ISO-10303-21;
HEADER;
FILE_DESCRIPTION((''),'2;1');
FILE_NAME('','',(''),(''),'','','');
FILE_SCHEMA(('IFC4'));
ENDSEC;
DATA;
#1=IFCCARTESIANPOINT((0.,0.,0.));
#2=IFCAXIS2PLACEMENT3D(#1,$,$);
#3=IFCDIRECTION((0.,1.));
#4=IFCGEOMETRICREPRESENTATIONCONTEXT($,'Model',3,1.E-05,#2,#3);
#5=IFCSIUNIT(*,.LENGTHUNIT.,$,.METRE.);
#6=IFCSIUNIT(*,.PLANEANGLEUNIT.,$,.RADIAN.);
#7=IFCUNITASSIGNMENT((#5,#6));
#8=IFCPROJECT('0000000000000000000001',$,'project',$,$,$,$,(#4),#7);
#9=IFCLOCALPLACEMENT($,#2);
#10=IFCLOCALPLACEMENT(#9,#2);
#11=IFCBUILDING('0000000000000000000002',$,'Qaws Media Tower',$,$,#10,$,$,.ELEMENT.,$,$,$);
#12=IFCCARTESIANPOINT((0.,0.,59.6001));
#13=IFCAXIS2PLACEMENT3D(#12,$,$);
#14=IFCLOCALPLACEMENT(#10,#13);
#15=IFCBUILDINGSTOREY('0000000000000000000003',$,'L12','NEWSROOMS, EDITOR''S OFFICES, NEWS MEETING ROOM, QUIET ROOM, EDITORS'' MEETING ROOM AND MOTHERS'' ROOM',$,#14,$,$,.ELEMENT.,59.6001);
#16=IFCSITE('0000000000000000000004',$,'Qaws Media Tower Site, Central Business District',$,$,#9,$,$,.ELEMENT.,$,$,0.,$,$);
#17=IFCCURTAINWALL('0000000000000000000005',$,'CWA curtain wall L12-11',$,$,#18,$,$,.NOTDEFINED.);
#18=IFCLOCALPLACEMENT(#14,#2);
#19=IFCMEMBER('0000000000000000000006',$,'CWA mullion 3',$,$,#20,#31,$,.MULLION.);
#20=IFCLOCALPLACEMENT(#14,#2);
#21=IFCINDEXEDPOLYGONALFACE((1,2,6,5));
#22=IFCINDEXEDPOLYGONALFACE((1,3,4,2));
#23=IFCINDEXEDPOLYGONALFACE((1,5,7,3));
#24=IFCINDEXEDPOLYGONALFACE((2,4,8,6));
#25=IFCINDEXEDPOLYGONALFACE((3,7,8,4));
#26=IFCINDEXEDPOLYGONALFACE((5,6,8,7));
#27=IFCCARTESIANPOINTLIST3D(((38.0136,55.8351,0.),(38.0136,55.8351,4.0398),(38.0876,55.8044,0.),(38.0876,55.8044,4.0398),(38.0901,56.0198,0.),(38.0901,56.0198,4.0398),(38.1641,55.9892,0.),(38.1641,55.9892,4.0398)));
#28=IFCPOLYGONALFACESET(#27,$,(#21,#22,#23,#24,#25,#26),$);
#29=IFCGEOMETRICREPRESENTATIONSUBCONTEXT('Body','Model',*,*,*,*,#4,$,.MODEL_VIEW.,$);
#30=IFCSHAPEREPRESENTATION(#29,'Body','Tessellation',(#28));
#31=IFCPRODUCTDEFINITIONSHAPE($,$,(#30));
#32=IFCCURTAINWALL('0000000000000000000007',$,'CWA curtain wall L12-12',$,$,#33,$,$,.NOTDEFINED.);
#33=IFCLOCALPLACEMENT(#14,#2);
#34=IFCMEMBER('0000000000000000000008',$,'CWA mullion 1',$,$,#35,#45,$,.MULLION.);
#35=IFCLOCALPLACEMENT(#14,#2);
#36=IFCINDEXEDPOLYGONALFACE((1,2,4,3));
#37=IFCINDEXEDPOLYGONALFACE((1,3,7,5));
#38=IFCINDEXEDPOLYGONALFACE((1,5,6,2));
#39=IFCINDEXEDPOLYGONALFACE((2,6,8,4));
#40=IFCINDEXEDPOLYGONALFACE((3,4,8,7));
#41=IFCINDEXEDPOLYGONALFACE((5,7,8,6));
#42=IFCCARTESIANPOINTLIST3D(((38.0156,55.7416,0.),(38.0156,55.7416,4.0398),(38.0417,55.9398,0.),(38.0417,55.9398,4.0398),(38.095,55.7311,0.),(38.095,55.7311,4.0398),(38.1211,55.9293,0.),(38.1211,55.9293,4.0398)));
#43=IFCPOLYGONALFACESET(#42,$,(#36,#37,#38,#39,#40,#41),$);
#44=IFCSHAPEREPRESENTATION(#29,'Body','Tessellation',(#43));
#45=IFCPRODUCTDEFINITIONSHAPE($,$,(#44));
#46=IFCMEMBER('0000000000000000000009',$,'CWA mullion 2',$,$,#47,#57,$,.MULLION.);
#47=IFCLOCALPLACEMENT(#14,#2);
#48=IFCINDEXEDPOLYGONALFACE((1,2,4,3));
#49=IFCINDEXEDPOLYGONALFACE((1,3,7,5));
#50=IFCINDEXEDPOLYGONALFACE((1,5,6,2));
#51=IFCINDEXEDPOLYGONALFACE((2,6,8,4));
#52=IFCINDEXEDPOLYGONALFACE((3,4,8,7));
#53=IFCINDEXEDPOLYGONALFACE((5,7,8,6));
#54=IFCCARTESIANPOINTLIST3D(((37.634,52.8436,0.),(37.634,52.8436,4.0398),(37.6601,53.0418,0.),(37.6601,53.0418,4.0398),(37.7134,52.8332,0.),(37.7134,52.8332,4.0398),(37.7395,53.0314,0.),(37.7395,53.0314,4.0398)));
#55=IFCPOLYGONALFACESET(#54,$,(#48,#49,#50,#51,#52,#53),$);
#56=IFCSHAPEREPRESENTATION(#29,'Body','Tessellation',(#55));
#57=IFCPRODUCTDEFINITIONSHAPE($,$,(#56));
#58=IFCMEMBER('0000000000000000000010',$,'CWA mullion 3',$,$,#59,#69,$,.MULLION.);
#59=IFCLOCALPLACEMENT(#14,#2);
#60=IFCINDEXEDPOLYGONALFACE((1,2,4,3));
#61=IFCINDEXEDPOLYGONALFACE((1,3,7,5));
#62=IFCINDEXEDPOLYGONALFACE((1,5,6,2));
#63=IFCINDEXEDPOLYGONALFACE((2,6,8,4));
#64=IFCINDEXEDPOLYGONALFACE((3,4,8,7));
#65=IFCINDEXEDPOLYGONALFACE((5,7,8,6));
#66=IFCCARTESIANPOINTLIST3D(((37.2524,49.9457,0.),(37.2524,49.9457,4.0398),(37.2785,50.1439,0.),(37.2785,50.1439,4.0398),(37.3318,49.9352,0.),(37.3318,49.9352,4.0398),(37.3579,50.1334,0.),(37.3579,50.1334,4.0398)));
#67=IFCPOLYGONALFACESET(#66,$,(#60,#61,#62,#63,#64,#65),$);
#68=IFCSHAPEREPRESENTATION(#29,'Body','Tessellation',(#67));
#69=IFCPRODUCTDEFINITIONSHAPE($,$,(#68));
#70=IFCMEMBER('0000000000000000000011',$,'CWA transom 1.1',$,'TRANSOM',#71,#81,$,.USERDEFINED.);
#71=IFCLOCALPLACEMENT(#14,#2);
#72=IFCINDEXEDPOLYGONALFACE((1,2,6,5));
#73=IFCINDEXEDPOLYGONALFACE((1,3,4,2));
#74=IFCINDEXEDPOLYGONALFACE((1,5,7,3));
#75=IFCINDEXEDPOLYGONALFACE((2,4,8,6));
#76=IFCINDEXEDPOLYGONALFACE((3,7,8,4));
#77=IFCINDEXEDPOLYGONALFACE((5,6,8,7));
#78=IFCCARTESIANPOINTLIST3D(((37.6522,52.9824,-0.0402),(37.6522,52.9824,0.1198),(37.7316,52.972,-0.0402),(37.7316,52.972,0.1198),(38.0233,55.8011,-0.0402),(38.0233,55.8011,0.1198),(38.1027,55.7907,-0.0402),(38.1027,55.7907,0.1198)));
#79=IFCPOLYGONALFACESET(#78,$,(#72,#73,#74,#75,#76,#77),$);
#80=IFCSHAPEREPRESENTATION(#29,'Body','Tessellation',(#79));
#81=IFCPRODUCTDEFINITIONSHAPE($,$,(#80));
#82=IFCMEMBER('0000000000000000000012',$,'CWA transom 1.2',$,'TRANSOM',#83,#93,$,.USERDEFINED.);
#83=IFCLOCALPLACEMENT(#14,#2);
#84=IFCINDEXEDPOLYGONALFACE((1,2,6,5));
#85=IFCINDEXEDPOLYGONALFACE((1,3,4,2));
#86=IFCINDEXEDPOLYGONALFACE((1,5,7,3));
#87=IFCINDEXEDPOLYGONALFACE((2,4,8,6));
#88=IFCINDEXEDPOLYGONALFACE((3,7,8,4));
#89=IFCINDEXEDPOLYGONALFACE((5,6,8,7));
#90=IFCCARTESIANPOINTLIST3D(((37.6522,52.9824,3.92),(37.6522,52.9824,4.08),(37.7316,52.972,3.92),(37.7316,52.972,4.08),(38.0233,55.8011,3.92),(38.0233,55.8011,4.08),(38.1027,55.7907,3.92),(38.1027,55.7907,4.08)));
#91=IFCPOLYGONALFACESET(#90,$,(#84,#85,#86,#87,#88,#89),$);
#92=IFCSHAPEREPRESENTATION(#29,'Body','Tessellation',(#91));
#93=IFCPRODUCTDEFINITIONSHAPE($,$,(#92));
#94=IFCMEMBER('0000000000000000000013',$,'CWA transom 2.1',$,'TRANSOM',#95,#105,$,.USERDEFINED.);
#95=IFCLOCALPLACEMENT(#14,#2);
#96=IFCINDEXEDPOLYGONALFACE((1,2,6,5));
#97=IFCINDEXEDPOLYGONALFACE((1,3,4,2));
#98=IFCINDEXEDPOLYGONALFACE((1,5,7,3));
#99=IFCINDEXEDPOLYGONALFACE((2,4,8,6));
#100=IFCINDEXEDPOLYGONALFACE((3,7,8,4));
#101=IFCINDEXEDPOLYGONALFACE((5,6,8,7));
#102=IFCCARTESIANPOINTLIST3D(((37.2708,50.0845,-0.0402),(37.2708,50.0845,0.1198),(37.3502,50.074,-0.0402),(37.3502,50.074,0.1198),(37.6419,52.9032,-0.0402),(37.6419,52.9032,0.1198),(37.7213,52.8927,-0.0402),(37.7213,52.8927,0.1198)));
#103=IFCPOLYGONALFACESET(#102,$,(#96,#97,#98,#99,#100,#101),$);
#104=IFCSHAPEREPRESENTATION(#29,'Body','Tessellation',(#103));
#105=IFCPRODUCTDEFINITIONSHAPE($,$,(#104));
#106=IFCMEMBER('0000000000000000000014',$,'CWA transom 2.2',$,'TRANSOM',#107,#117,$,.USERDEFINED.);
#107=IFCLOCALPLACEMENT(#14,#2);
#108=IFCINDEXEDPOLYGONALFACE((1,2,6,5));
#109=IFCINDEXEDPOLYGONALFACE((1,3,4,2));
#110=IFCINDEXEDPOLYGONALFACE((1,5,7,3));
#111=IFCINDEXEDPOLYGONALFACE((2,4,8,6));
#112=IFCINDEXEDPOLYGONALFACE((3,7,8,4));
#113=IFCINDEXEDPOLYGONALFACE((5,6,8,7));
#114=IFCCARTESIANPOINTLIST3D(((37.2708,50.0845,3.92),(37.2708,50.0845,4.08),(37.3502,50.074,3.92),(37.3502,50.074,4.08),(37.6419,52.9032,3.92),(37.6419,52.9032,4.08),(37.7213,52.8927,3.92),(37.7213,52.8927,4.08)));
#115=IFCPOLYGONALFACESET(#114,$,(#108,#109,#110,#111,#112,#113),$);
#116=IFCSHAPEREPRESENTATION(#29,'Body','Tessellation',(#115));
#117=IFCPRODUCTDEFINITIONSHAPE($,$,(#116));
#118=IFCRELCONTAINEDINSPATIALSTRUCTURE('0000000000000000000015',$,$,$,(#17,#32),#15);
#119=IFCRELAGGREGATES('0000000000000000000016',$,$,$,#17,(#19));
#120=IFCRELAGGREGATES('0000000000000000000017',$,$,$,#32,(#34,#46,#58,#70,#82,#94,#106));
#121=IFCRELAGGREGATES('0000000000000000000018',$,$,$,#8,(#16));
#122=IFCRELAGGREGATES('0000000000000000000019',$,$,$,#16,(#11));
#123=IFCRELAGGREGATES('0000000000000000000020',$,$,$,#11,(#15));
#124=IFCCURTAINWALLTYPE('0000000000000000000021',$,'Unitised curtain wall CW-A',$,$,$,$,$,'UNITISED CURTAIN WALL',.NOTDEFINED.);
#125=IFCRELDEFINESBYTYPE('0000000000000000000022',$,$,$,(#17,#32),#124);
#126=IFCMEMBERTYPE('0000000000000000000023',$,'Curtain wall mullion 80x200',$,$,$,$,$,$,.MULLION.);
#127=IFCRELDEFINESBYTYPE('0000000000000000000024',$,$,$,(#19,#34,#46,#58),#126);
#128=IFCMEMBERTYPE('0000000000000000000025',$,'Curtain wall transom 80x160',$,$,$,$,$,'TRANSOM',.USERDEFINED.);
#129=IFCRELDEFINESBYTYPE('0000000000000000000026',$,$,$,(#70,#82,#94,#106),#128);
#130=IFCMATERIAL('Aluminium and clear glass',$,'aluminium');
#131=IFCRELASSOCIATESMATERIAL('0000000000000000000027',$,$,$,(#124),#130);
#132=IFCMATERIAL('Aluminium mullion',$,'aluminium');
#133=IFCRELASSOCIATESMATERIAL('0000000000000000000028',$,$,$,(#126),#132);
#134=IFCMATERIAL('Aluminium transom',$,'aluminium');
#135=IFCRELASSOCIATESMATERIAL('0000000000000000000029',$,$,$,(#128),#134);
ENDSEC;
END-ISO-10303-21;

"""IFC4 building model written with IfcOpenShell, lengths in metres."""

from ifc_helpers import new_model, si_unit, direction, frame, origin, origin_2d, place, context, subcontext, project, spatial, rectangle, extrude, material, material_profile, profile_set, type_object, element, aggregate, save


model = new_model("IFC4")

# Units and contexts
model_context = context("Model", 3, precision=1e-05, world=origin(), true_north=direction((0.0, 1.0)))
body_context = subcontext(model_context, "Body", "Model", "MODEL_VIEW")
ifc_project = project(units=[si_unit("LENGTHUNIT", "METRE"), si_unit("PLANEANGLEUNIT", "RADIAN")], contexts=[model_context])

# Site, building, storey
site_placement = place(None, origin())
site = spatial("IfcSite", under=ifc_project, at=site_placement, Name="Qaws Media Tower Site, Central Business District", CompositionType="ELEMENT", RefElevation=0.0)
building_placement = place(site_placement, origin())
building = spatial("IfcBuilding", under=site, at=building_placement, Name="Qaws Media Tower", CompositionType="ELEMENT")
storey_placement = place(building_placement, frame((0.0, 0.0, 59.6001)))
storey = spatial("IfcBuildingStorey", under=building, at=storey_placement, Name="L12", Description="NEWSROOMS, EDITOR'S OFFICES, NEWS MEETING ROOM, QUIET ROOM, EDITORS' MEETING ROOM AND MOTHERS' ROOM", CompositionType="ELEMENT", Elevation=59.6001)

# Curtain wall, member
ifc_material_1 = material(Name="Aluminium and clear glass", Category="aluminium")
curtain_wall_type = type_object("IfcCurtainWallType", Name="Unitised curtain wall CW-A", ElementType="UNITISED CURTAIN WALL", PredefinedType="NOTDEFINED", material=ifc_material_1)
curtain_wall_1_placement = place(storey_placement, origin())
curtain_wall_1 = element("IfcCurtainWall", 1, at=curtain_wall_1_placement, inside=storey, type_object=curtain_wall_type, Name="CWA curtain wall L12-11", PredefinedType="NOTDEFINED")
ifc_material_2 = material(Name="Aluminium mullion", Category="aluminium")
ifc_material_profile_1 = material_profile(ifc_material_2, rectangle(XDim=0.0801, YDim=0.2, at=origin_2d()), Name="80x200")
ifc_profile_set_1 = profile_set([ifc_material_profile_1], Name="Aluminium mullion")
member_type_1 = type_object("IfcMemberType", Name="Curtain wall mullion 80x200", PredefinedType="MULLION", material=ifc_profile_set_1)
member_1_placement = place(storey_placement, frame((38.0889, 55.9121, 0.0), z_axis=(0.0, 0.0, 1.0), x_axis=(0.92388, -0.382683, 0.0)))
member_1 = element("IfcMember", 2, at=member_1_placement, type_object=member_type_1, Name="CWA mullion 3", PredefinedType="MULLION", context=body_context, shape_type="SweptSolid", body=[
    extrude(rectangle(XDim=0.0801, YDim=0.2, at=origin_2d()), origin(), (0.0, 0.0, 1.0), 4.0398),
])
aggregate(curtain_wall_1, [member_1])

# Curtain wall, members
curtain_wall_2_placement = place(storey_placement, origin())
curtain_wall_2 = element("IfcCurtainWall", 3, at=curtain_wall_2_placement, inside=storey, type_object=curtain_wall_type, Name="CWA curtain wall L12-12", PredefinedType="NOTDEFINED")
member_2_placement = place(storey_placement, frame((38.0684, 55.8354, 0.0), z_axis=(0.0, 0.0, 1.0), x_axis=(0.991445, -0.130526, 0.0)))
member_2 = element("IfcMember", 4, at=member_2_placement, type_object=member_type_1, Name="CWA mullion 1", PredefinedType="MULLION", context=body_context, shape_type="SweptSolid", body=[
    extrude(rectangle(XDim=0.0801, YDim=0.2, at=origin_2d()), origin(), (0.0, 0.0, 1.0), 4.0398),
])
member_3_placement = place(storey_placement, frame((37.6868, 52.9375, 0.0), z_axis=(0.0, 0.0, 1.0), x_axis=(0.991445, -0.130526, 0.0)))
member_3 = element("IfcMember", 5, at=member_3_placement, type_object=member_type_1, Name="CWA mullion 2", PredefinedType="MULLION", context=body_context, shape_type="SweptSolid", body=[
    extrude(rectangle(XDim=0.0801, YDim=0.2, at=origin_2d()), origin(), (0.0, 0.0, 1.0), 4.0398),
])
member_4_placement = place(storey_placement, frame((37.3052, 50.0396, 0.0), z_axis=(0.0, 0.0, 1.0), x_axis=(0.991445, -0.130526, 0.0)))
member_4 = element("IfcMember", 6, at=member_4_placement, type_object=member_type_1, Name="CWA mullion 3", PredefinedType="MULLION", context=body_context, shape_type="SweptSolid", body=[
    extrude(rectangle(XDim=0.0801, YDim=0.2, at=origin_2d()), origin(), (0.0, 0.0, 1.0), 4.0398),
])
ifc_material_3 = material(Name="Aluminium transom", Category="aluminium")
ifc_material_profile_2 = material_profile(ifc_material_3, rectangle(XDim=0.0801, YDim=0.1599, at=origin_2d()), Name="80x160")
ifc_profile_set_2 = profile_set([ifc_material_profile_2], Name="Aluminium transom")
member_type_2 = type_object("IfcMemberType", Name="Curtain wall transom 80x160", ElementType="TRANSOM", PredefinedType="USERDEFINED", material=ifc_profile_set_2)
member_5_placement = place(storey_placement, frame((38.063, 55.7959, 0.0398), z_axis=(-0.130532, -0.991444, 0.0), x_axis=(0.991444, -0.130532, 0.0)))
member_5 = element("IfcMember", 7, at=member_5_placement, type_object=member_type_2, Name="CWA transom 1.1", ObjectType="TRANSOM", PredefinedType="USERDEFINED", context=body_context, shape_type="SweptSolid", body=[
    extrude(rectangle(XDim=0.0801, YDim=0.1599, at=origin_2d()), origin(), (0.0, 0.0, 1.0), 2.843),
])
member_6_placement = place(storey_placement, frame((38.063, 55.7959, 4.0), z_axis=(-0.130532, -0.991444, 0.0), x_axis=(0.991444, -0.130532, 0.0)))
member_6 = element("IfcMember", 8, at=member_6_placement, type_object=member_type_2, Name="CWA transom 1.2", ObjectType="TRANSOM", PredefinedType="USERDEFINED", context=body_context, shape_type="SweptSolid", body=[
    extrude(rectangle(XDim=0.0801, YDim=0.1599, at=origin_2d()), origin(), (0.0, 0.0, 1.0), 2.843),
])
member_7_placement = place(storey_placement, frame((37.6816, 52.8979, 0.0398), z_axis=(-0.130532, -0.991444, 0.0), x_axis=(0.991444, -0.130532, 0.0)))
member_7 = element("IfcMember", 9, at=member_7_placement, type_object=member_type_2, Name="CWA transom 2.1", ObjectType="TRANSOM", PredefinedType="USERDEFINED", context=body_context, shape_type="SweptSolid", body=[
    extrude(rectangle(XDim=0.0801, YDim=0.1599, at=origin_2d()), origin(), (0.0, 0.0, 1.0), 2.843),
])
member_8_placement = place(storey_placement, frame((37.6816, 52.8979, 4.0), z_axis=(-0.130532, -0.991444, 0.0), x_axis=(0.991444, -0.130532, 0.0)))
member_8 = element("IfcMember", 10, at=member_8_placement, type_object=member_type_2, Name="CWA transom 2.2", ObjectType="TRANSOM", PredefinedType="USERDEFINED", context=body_context, shape_type="SweptSolid", body=[
    extrude(rectangle(XDim=0.0801, YDim=0.1599, at=origin_2d()), origin(), (0.0, 0.0, 1.0), 2.843),
])

aggregate(curtain_wall_2, [member_2, member_3, member_4, member_5, member_6, member_7, member_8])

save(model, "model.ifc")
